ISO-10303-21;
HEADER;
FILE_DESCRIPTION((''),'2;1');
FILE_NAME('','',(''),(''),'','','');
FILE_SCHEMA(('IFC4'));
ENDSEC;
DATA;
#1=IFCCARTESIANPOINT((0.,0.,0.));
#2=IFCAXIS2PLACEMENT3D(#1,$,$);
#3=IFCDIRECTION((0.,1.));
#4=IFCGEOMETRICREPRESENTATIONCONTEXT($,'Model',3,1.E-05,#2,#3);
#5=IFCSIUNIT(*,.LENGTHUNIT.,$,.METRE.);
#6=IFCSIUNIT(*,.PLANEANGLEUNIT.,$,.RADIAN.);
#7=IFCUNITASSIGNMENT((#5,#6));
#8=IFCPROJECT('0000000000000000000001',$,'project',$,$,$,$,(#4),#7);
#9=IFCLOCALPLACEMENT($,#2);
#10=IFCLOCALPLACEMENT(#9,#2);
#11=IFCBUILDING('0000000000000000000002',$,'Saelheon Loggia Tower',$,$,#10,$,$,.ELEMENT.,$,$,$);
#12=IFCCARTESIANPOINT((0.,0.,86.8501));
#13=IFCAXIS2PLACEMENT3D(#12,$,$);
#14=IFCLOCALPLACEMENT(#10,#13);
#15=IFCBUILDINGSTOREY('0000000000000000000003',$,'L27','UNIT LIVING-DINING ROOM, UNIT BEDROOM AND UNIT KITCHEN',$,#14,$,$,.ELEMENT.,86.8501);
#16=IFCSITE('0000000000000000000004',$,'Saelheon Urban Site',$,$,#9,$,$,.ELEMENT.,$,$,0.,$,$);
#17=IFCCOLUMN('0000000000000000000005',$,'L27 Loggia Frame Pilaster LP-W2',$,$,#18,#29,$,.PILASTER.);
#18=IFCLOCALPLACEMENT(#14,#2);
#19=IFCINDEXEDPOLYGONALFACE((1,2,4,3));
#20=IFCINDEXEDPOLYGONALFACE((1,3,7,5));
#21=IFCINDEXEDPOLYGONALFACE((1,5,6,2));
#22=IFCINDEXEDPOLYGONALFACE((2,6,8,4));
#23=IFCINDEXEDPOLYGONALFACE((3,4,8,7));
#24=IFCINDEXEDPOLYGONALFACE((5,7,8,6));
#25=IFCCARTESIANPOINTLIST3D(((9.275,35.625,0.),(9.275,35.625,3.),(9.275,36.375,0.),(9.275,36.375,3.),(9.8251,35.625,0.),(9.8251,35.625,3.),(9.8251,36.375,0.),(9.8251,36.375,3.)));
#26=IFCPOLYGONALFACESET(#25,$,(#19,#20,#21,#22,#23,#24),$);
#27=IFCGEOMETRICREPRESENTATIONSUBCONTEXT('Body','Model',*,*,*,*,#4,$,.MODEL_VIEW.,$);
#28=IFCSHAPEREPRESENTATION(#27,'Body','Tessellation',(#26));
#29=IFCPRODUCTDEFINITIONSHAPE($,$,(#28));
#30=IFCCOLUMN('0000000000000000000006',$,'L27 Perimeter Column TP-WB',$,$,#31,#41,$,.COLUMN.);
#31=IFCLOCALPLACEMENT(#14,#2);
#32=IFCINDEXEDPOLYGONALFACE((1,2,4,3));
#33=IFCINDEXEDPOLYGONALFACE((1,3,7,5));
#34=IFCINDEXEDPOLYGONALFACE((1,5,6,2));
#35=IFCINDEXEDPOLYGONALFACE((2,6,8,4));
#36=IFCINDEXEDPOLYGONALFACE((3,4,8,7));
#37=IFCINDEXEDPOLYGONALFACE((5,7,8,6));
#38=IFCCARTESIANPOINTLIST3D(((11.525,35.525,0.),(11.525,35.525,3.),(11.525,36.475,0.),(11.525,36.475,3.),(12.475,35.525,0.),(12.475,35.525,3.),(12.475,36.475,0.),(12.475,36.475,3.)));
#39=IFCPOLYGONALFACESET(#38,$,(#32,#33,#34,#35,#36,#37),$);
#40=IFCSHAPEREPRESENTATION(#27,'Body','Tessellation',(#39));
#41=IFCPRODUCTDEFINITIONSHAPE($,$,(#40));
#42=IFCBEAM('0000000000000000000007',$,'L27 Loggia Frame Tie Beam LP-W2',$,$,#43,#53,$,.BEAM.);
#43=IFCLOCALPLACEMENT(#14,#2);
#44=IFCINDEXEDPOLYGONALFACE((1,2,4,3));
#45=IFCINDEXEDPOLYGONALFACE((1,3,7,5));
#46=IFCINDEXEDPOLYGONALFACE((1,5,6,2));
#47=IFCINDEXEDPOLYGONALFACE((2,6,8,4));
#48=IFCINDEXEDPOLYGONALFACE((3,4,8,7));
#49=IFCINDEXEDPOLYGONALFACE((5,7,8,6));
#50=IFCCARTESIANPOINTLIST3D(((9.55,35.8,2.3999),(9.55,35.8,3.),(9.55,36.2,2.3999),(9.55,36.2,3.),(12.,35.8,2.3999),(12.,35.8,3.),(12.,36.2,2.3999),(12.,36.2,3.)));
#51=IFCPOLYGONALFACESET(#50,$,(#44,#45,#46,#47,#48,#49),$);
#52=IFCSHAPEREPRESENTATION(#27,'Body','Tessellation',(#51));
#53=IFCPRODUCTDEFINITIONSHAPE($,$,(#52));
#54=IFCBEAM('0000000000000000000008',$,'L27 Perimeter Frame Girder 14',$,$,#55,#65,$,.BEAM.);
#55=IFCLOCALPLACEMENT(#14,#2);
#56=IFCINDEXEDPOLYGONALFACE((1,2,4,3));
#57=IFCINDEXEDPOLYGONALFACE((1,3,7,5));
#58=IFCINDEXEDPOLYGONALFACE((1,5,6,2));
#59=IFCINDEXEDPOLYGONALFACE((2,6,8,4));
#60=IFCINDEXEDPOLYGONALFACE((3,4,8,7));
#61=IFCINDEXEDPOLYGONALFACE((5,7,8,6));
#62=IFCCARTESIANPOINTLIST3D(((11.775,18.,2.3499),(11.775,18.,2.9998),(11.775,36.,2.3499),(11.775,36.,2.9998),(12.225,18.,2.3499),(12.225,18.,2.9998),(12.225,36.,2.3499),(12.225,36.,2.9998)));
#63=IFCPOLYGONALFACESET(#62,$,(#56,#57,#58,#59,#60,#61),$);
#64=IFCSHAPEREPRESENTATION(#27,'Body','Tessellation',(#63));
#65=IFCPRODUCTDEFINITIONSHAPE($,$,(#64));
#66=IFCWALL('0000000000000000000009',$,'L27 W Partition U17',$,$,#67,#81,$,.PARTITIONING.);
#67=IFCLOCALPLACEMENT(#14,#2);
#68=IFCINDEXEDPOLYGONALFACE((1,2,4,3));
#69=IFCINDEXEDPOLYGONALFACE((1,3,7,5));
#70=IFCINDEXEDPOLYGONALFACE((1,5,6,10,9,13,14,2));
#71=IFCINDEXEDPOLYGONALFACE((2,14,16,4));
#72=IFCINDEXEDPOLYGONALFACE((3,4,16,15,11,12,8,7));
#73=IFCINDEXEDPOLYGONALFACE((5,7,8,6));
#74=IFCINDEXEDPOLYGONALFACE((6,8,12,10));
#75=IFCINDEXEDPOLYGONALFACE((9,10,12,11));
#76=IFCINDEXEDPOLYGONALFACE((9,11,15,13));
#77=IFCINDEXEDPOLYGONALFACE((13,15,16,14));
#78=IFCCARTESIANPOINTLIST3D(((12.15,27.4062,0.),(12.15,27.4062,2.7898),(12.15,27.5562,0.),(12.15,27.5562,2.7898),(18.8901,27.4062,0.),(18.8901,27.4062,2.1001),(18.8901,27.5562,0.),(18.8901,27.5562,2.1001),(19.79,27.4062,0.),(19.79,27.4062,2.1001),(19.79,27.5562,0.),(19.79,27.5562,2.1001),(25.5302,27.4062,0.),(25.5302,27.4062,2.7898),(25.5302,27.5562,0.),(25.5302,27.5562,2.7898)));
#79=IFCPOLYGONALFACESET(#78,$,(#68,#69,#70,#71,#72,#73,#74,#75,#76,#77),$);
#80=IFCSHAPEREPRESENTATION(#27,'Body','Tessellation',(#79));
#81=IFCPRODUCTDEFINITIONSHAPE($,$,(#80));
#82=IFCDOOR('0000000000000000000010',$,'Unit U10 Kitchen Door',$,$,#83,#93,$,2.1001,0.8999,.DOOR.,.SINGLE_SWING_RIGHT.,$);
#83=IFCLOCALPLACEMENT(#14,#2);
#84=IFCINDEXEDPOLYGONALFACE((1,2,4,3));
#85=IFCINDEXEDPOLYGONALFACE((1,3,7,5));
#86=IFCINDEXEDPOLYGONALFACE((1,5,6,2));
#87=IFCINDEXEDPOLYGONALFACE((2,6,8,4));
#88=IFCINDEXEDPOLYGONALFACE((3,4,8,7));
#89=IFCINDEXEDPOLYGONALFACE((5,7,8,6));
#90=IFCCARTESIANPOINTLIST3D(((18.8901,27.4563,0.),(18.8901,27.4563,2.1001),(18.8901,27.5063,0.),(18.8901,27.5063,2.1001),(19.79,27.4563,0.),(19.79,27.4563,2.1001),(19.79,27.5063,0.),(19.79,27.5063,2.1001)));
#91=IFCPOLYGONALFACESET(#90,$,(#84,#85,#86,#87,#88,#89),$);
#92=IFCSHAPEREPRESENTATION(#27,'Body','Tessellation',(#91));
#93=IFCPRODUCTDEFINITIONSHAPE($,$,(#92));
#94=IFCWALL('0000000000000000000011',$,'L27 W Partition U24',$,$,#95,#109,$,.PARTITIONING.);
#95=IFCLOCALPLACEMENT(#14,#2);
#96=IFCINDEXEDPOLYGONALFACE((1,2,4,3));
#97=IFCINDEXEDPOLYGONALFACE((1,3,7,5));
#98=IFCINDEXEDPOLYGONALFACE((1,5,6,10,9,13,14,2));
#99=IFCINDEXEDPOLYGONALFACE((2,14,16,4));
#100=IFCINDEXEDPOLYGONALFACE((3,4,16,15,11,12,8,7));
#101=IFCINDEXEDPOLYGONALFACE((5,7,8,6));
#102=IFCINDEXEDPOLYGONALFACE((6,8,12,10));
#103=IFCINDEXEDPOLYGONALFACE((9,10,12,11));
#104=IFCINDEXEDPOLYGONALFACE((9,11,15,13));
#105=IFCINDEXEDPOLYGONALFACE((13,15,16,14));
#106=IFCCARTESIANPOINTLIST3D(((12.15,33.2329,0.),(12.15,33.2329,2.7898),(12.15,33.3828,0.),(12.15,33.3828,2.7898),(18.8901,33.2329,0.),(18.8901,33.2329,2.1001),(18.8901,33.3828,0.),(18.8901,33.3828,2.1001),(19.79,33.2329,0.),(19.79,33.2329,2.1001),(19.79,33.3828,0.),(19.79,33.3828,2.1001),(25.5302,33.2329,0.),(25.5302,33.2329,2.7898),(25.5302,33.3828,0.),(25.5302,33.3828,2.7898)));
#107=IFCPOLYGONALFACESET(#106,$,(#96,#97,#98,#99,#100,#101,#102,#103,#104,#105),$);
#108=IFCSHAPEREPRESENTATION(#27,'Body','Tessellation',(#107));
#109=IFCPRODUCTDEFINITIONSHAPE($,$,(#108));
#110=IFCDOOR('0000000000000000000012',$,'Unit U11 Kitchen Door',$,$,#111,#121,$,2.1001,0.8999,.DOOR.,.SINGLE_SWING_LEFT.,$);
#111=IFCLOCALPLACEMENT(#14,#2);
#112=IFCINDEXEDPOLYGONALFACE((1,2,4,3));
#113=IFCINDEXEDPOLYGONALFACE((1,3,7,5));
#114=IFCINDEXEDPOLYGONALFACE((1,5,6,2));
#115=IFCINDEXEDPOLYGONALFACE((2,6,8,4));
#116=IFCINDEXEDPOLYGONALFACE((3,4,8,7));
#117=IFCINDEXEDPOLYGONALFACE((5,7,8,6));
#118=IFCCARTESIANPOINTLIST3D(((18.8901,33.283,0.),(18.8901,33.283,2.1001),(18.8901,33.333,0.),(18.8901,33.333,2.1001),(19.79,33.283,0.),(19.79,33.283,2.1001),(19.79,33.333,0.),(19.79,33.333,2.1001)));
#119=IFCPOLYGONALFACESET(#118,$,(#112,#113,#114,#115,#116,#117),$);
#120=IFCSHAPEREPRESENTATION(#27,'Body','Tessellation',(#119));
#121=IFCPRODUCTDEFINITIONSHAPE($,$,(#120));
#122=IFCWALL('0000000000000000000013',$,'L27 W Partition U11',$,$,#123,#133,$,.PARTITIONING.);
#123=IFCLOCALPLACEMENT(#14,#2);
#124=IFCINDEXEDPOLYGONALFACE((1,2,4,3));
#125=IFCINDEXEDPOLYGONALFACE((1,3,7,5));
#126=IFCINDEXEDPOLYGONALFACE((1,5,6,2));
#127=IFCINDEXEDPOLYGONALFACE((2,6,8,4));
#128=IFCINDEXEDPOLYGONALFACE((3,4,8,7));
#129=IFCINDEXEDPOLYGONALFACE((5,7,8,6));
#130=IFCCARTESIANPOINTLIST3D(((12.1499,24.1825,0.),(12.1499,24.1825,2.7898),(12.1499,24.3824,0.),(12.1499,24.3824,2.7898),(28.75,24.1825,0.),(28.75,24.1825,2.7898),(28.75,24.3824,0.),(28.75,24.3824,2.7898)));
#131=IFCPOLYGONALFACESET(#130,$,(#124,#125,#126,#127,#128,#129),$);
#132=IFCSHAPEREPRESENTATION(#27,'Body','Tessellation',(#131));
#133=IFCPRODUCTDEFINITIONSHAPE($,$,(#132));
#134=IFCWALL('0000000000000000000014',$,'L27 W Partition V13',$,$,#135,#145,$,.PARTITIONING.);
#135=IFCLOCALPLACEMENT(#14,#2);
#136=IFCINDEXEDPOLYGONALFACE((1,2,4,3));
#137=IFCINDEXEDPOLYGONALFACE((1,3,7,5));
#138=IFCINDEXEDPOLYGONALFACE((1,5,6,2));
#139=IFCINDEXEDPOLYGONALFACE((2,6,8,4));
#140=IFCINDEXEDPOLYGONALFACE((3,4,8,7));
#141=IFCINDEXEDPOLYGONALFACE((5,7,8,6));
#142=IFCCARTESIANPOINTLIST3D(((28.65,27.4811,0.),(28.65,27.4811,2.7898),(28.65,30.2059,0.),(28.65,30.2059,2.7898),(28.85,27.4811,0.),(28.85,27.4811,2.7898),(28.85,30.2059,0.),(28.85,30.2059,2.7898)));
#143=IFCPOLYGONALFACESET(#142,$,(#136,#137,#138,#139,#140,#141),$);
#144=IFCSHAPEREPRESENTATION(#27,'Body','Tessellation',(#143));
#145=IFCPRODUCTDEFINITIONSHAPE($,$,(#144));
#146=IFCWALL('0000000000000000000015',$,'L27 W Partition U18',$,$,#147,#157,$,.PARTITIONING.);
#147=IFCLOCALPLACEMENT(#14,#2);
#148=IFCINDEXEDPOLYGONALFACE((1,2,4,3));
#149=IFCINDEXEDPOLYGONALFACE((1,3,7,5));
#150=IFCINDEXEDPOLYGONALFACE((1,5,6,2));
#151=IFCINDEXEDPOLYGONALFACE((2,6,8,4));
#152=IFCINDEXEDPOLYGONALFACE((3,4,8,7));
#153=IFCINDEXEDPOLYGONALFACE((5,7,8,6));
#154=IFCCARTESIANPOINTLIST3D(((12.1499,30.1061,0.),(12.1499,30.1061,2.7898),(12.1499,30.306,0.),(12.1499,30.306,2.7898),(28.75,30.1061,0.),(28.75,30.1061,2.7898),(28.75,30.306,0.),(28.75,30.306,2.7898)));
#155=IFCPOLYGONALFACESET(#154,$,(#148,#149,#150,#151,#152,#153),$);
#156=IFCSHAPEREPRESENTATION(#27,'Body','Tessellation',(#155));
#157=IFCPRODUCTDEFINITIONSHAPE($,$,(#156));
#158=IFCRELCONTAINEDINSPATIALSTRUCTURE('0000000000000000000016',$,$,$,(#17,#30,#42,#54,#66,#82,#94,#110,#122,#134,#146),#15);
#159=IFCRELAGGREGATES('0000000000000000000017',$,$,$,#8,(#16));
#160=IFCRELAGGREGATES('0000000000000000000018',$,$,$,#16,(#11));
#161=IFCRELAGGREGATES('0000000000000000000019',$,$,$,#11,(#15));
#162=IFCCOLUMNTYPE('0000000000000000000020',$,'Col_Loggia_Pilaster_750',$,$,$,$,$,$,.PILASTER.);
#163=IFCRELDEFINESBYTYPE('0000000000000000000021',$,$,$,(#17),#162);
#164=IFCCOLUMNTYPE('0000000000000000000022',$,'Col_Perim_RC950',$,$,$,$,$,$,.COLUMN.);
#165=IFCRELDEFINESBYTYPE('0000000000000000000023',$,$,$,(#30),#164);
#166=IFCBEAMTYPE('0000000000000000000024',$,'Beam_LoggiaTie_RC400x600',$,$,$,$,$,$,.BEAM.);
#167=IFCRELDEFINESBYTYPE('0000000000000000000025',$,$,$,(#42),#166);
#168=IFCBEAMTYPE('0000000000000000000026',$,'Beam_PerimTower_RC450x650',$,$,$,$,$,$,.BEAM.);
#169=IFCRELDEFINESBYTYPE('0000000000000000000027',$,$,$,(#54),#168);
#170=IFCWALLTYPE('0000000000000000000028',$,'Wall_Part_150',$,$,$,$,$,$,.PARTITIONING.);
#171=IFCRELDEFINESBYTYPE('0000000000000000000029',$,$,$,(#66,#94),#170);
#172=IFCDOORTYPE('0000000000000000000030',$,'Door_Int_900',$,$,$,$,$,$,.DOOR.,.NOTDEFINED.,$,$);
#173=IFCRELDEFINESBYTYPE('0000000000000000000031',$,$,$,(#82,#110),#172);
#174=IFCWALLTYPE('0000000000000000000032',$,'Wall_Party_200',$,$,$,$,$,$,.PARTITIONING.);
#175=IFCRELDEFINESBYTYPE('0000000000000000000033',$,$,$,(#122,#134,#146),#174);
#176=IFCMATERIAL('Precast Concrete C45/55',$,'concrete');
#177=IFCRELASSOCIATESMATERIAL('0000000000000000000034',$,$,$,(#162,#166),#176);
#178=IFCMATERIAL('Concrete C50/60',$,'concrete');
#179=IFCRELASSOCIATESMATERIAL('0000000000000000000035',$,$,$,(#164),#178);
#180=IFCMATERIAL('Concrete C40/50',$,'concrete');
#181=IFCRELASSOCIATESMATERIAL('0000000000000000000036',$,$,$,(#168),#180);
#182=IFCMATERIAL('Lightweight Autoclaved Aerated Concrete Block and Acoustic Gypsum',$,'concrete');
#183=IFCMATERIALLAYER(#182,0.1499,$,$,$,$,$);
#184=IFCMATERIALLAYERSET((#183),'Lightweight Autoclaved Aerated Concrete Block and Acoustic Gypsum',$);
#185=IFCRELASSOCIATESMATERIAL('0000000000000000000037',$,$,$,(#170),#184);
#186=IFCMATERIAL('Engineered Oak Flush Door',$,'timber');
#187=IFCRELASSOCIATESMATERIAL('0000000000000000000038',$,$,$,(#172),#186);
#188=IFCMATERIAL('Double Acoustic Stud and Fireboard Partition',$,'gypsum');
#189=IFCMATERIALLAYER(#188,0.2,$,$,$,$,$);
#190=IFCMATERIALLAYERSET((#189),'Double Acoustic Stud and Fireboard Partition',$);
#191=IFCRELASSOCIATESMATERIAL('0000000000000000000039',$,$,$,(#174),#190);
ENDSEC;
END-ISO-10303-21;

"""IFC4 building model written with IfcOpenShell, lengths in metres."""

from ifc_helpers import new_model, si_unit, direction, frame, frame_2d, origin, origin_2d, place, context, subcontext, project, spatial, rectangle, extrude, source, transform, mapped, material, layer, layer_set, material_profile, profile_set, type_object, element, fill, save


model = new_model("IFC4")

# Units and contexts
model_context = context("Model", 3, precision=1e-05, world=origin(), true_north=direction((0.0, 1.0)))
body_context = subcontext(model_context, "Body", "Model", "MODEL_VIEW")
ifc_project = project(units=[si_unit("LENGTHUNIT", "METRE"), si_unit("PLANEANGLEUNIT", "RADIAN")], contexts=[model_context])

# Site, building, storey
site_placement = place(None, origin())
site = spatial("IfcSite", under=ifc_project, at=site_placement, Name="Saelheon Urban Site", CompositionType="ELEMENT", RefElevation=0.0)
building_placement = place(site_placement, origin())
building = spatial("IfcBuilding", under=site, at=building_placement, Name="Saelheon Loggia Tower", CompositionType="ELEMENT")
storey_placement = place(building_placement, frame((0.0, 0.0, 86.8501)))
storey = spatial("IfcBuildingStorey", under=building, at=storey_placement, Name="L27", Description="UNIT LIVING-DINING ROOM, UNIT BEDROOM AND UNIT KITCHEN", CompositionType="ELEMENT", Elevation=86.8501)

# Columns
ifc_material_1 = material(Name="Precast Concrete C45/55", Category="concrete")
ifc_material_profile_1 = material_profile(ifc_material_1, rectangle(XDim=0.55, YDim=0.75, at=origin_2d()), Name="RC-550x750")
ifc_profile_set_1 = profile_set([ifc_material_profile_1], Name="Precast Concrete C45/55")
column_type_1 = type_object("IfcColumnType", Name="Col_Loggia_Pilaster_750", PredefinedType="PILASTER", material=ifc_profile_set_1)
shared_shape_1 = source(origin(), body_context, "Body", "SweptSolid", [
    extrude(rectangle(XDim=0.55, YDim=0.75, at=origin_2d()), origin(), (0.0, 0.0, 1.0), 3.0),
])
column_1_placement = place(storey_placement, frame((9.55, 36.0, 0.0), z_axis=(0.0, 0.0, 1.0), x_axis=(1.0, 0.0, 0.0)))
element("IfcColumn", 1, at=column_1_placement, inside=storey, type_object=column_type_1, Name="L27 Loggia Frame Pilaster LP-W2", PredefinedType="PILASTER", context=body_context, shape_type="MappedRepresentation", body=[
    mapped(shared_shape_1, transform((0.0, 0.0, 0.0), scale=1.0)),
])
ifc_material_2 = material(Name="Concrete C50/60", Category="concrete")
ifc_material_profile_2 = material_profile(ifc_material_2, rectangle(XDim=0.95, YDim=0.95, at=origin_2d()), Name="RC-950x950")
ifc_profile_set_2 = profile_set([ifc_material_profile_2], Name="Concrete C50/60")
column_type_2 = type_object("IfcColumnType", Name="Col_Perim_RC950", PredefinedType="COLUMN", material=ifc_profile_set_2)
shared_shape_2 = source(origin(), body_context, "Body", "SweptSolid", [
    extrude(rectangle(XDim=0.95, YDim=0.95, at=origin_2d()), origin(), (0.0, 0.0, 1.0), 3.0),
])
column_2_placement = place(storey_placement, frame((12.0, 36.0, 0.0), z_axis=(0.0, 0.0, 1.0), x_axis=(1.0, 0.0, 0.0)))
element("IfcColumn", 2, at=column_2_placement, inside=storey, type_object=column_type_2, Name="L27 Perimeter Column TP-WB", PredefinedType="COLUMN", context=body_context, shape_type="MappedRepresentation", body=[
    mapped(shared_shape_2, transform((0.0, 0.0, 0.0), scale=1.0)),
])

# Beams
ifc_material_profile_3 = material_profile(ifc_material_1, rectangle(XDim=0.3999, YDim=0.6001, at=origin_2d()), Name="RC-400x600")
ifc_profile_set_3 = profile_set([ifc_material_profile_3], Name="Precast Concrete C45/55")
beam_type_1 = type_object("IfcBeamType", Name="Beam_LoggiaTie_RC400x600", PredefinedType="BEAM", material=ifc_profile_set_3)
shared_shape_3 = source(origin(), body_context, "Body", "SweptSolid", [
    extrude(rectangle(XDim=0.3999, YDim=0.6001, at=origin_2d()), origin(), (0.0, 0.0, 1.0), 2.45),
])
beam_1_placement = place(storey_placement, frame((12.0, 36.0, 2.7), z_axis=(-1.0, 0.0, 0.0), x_axis=(0.0, -1.0, 0.0)))
element("IfcBeam", 3, at=beam_1_placement, inside=storey, type_object=beam_type_1, Name="L27 Loggia Frame Tie Beam LP-W2", PredefinedType="BEAM", context=body_context, shape_type="MappedRepresentation", body=[
    mapped(shared_shape_3, transform((0.0, 0.0, 0.0), scale=1.0)),
])
ifc_material_3 = material(Name="Concrete C40/50", Category="concrete")
ifc_material_profile_4 = material_profile(ifc_material_3, rectangle(XDim=0.45, YDim=0.6499, at=origin_2d()), Name="RC-450x650")
ifc_profile_set_4 = profile_set([ifc_material_profile_4], Name="Concrete C40/50")
beam_type_2 = type_object("IfcBeamType", Name="Beam_PerimTower_RC450x650", PredefinedType="BEAM", material=ifc_profile_set_4)
shared_shape_4 = source(origin(), body_context, "Body", "SweptSolid", [
    extrude(rectangle(XDim=0.45, YDim=0.6499, at=origin_2d()), origin(), (0.0, 0.0, 1.0), 18.0),
])
beam_2_placement = place(storey_placement, frame((12.0, 36.0, 2.6748), z_axis=(0.0, -1.0, 0.0), x_axis=(1.0, 0.0, 0.0)))
element("IfcBeam", 4, at=beam_2_placement, inside=storey, type_object=beam_type_2, Name="L27 Perimeter Frame Girder 14", PredefinedType="BEAM", context=body_context, shape_type="MappedRepresentation", body=[
    mapped(shared_shape_4, transform((0.0, 0.0, 0.0), scale=1.0)),
])

# Walls, openings, doors
ifc_material_4 = material(Name="Lightweight Autoclaved Aerated Concrete Block and Acoustic Gypsum", Category="concrete")
ifc_layer_1 = layer(ifc_material_4, 0.1499)
ifc_layer_set_1 = layer_set([ifc_layer_1], Name="Lightweight Autoclaved Aerated Concrete Block and Acoustic Gypsum")
wall_type_1 = type_object("IfcWallType", Name="Wall_Part_150", PredefinedType="PARTITIONING", material=ifc_layer_set_1)
wall_1_placement = place(storey_placement, frame((25.53, 27.4812, 0.0), z_axis=(0.0, 0.0, 1.0), x_axis=(-1.0, 0.0, 0.0)))
wall_1 = element("IfcWall", 5, at=wall_1_placement, inside=storey, type_object=wall_type_1, Name="L27 W Partition U17", PredefinedType="PARTITIONING", context=body_context, shape_type="SweptSolid", body=[
    extrude(rectangle(XDim=13.3801, YDim=0.1499, at=frame_2d((6.6899, 0.0))), origin(), (0.0, 0.0, 1.0), 2.7898),
])
opening_1_placement = place(wall_1_placement, frame((5.74, 0.0, 0.0)))
opening_1 = element("IfcOpeningElement", 6, at=opening_1_placement, cuts=wall_1, PredefinedType="OPENING", context=body_context, shape_type="SweptSolid", body=[
    extrude(rectangle(XDim=0.8999, YDim=2.1001, at=frame_2d((0.45, 1.05))), frame((0.0, 0.0869, 0.0), z_axis=(0.0, -1.0, 0.0), x_axis=(1.0, 0.0, 0.0)), (0.0, 0.0, 1.0), 0.1738),
])
ifc_material_5 = material(Name="Engineered Oak Flush Door", Category="timber")
door_type_1 = type_object("IfcDoorType", Name="Door_Int_900", OperationType="NOTDEFINED", PredefinedType="DOOR", material=ifc_material_5)
shared_shape_5 = source(origin(), body_context, "Body", "SweptSolid", [
    extrude(rectangle(XDim=0.8999, YDim=2.1001, at=frame_2d((0.45, 1.05))), frame((0.0, 0.0249, 0.0), z_axis=(0.0, -1.0, 0.0), x_axis=(1.0, 0.0, 0.0)), (0.0, 0.0, 1.0), 0.05),
])
door_1_placement = place(opening_1_placement, origin())
door_1 = element("IfcDoor", 7, at=door_1_placement, inside=storey, type_object=door_type_1, Name="Unit U10 Kitchen Door", OperationType="SINGLE_SWING_RIGHT", OverallHeight=2.1001, OverallWidth=0.8999, PredefinedType="DOOR", context=body_context, shape_type="MappedRepresentation", body=[
    mapped(shared_shape_5, transform((0.0, 0.0, 0.0), scale=1.0)),
])
fill(opening_1, door_1)
wall_2_placement = place(storey_placement, frame((25.53, 33.3079, 0.0), z_axis=(0.0, 0.0, 1.0), x_axis=(-1.0, 0.0, 0.0)))
wall_2 = element("IfcWall", 8, at=wall_2_placement, inside=storey, type_object=wall_type_1, Name="L27 W Partition U24", PredefinedType="PARTITIONING", context=body_context, shape_type="SweptSolid", body=[
    extrude(rectangle(XDim=13.3801, YDim=0.1499, at=frame_2d((6.6899, 0.0))), origin(), (0.0, 0.0, 1.0), 2.7898),
])
opening_2_placement = place(wall_2_placement, frame((5.74, 0.0, 0.0)))
opening_2 = element("IfcOpeningElement", 9, at=opening_2_placement, cuts=wall_2, PredefinedType="OPENING", context=body_context, shape_type="SweptSolid", body=[
    extrude(rectangle(XDim=0.8999, YDim=2.1001, at=frame_2d((0.45, 1.05))), frame((0.0, 0.0869, 0.0), z_axis=(0.0, -1.0, 0.0), x_axis=(1.0, 0.0, 0.0)), (0.0, 0.0, 1.0), 0.1738),
])
door_2_placement = place(opening_2_placement, origin())
door_2 = element("IfcDoor", 10, at=door_2_placement, inside=storey, type_object=door_type_1, Name="Unit U11 Kitchen Door", OperationType="SINGLE_SWING_LEFT", OverallHeight=2.1001, OverallWidth=0.8999, PredefinedType="DOOR", context=body_context, shape_type="MappedRepresentation", body=[
    mapped(shared_shape_5, transform((0.0, 0.0, 0.0), scale=1.0)),
])
fill(opening_2, door_2)

# Wall
ifc_material_6 = material(Name="Double Acoustic Stud and Fireboard Partition", Category="gypsum")
ifc_layer_2 = layer(ifc_material_6, 0.2)
ifc_layer_set_2 = layer_set([ifc_layer_2], Name="Double Acoustic Stud and Fireboard Partition")
wall_type_2 = type_object("IfcWallType", Name="Wall_Party_200", PredefinedType="PARTITIONING", material=ifc_layer_set_2)
wall_3_placement = place(storey_placement, frame((28.75, 24.2825, 0.0), z_axis=(0.0, 0.0, 1.0), x_axis=(-1.0, 0.0, 0.0)))
element("IfcWall", 11, at=wall_3_placement, inside=storey, type_object=wall_type_2, Name="L27 W Partition U11", PredefinedType="PARTITIONING", context=body_context, shape_type="SweptSolid", body=[
    extrude(rectangle(XDim=16.6001, YDim=0.2, at=frame_2d((8.3, 0.0))), origin(), (0.0, 0.0, 1.0), 2.7898),
])

# Walls
wall_4_placement = place(storey_placement, frame((28.75, 27.4812, 0.0), z_axis=(0.0, 0.0, 1.0), x_axis=(0.0, 1.0, 0.0)))
element("IfcWall", 12, at=wall_4_placement, inside=storey, type_object=wall_type_2, Name="L27 W Partition V13", PredefinedType="PARTITIONING", context=body_context, shape_type="SweptSolid", body=[
    extrude(rectangle(XDim=2.7249, YDim=0.2, at=frame_2d((1.3623, 0.0))), origin(), (0.0, 0.0, 1.0), 2.7898),
])
wall_5_placement = place(storey_placement, frame((28.75, 30.2061, 0.0), z_axis=(0.0, 0.0, 1.0), x_axis=(-1.0, 0.0, 0.0)))
element("IfcWall", 13, at=wall_5_placement, inside=storey, type_object=wall_type_2, Name="L27 W Partition U18", PredefinedType="PARTITIONING", context=body_context, shape_type="SweptSolid", body=[
    extrude(rectangle(XDim=16.6001, YDim=0.2, at=frame_2d((8.3, 0.0))), origin(), (0.0, 0.0, 1.0), 2.7898),
])

save(model, "model.ifc")
